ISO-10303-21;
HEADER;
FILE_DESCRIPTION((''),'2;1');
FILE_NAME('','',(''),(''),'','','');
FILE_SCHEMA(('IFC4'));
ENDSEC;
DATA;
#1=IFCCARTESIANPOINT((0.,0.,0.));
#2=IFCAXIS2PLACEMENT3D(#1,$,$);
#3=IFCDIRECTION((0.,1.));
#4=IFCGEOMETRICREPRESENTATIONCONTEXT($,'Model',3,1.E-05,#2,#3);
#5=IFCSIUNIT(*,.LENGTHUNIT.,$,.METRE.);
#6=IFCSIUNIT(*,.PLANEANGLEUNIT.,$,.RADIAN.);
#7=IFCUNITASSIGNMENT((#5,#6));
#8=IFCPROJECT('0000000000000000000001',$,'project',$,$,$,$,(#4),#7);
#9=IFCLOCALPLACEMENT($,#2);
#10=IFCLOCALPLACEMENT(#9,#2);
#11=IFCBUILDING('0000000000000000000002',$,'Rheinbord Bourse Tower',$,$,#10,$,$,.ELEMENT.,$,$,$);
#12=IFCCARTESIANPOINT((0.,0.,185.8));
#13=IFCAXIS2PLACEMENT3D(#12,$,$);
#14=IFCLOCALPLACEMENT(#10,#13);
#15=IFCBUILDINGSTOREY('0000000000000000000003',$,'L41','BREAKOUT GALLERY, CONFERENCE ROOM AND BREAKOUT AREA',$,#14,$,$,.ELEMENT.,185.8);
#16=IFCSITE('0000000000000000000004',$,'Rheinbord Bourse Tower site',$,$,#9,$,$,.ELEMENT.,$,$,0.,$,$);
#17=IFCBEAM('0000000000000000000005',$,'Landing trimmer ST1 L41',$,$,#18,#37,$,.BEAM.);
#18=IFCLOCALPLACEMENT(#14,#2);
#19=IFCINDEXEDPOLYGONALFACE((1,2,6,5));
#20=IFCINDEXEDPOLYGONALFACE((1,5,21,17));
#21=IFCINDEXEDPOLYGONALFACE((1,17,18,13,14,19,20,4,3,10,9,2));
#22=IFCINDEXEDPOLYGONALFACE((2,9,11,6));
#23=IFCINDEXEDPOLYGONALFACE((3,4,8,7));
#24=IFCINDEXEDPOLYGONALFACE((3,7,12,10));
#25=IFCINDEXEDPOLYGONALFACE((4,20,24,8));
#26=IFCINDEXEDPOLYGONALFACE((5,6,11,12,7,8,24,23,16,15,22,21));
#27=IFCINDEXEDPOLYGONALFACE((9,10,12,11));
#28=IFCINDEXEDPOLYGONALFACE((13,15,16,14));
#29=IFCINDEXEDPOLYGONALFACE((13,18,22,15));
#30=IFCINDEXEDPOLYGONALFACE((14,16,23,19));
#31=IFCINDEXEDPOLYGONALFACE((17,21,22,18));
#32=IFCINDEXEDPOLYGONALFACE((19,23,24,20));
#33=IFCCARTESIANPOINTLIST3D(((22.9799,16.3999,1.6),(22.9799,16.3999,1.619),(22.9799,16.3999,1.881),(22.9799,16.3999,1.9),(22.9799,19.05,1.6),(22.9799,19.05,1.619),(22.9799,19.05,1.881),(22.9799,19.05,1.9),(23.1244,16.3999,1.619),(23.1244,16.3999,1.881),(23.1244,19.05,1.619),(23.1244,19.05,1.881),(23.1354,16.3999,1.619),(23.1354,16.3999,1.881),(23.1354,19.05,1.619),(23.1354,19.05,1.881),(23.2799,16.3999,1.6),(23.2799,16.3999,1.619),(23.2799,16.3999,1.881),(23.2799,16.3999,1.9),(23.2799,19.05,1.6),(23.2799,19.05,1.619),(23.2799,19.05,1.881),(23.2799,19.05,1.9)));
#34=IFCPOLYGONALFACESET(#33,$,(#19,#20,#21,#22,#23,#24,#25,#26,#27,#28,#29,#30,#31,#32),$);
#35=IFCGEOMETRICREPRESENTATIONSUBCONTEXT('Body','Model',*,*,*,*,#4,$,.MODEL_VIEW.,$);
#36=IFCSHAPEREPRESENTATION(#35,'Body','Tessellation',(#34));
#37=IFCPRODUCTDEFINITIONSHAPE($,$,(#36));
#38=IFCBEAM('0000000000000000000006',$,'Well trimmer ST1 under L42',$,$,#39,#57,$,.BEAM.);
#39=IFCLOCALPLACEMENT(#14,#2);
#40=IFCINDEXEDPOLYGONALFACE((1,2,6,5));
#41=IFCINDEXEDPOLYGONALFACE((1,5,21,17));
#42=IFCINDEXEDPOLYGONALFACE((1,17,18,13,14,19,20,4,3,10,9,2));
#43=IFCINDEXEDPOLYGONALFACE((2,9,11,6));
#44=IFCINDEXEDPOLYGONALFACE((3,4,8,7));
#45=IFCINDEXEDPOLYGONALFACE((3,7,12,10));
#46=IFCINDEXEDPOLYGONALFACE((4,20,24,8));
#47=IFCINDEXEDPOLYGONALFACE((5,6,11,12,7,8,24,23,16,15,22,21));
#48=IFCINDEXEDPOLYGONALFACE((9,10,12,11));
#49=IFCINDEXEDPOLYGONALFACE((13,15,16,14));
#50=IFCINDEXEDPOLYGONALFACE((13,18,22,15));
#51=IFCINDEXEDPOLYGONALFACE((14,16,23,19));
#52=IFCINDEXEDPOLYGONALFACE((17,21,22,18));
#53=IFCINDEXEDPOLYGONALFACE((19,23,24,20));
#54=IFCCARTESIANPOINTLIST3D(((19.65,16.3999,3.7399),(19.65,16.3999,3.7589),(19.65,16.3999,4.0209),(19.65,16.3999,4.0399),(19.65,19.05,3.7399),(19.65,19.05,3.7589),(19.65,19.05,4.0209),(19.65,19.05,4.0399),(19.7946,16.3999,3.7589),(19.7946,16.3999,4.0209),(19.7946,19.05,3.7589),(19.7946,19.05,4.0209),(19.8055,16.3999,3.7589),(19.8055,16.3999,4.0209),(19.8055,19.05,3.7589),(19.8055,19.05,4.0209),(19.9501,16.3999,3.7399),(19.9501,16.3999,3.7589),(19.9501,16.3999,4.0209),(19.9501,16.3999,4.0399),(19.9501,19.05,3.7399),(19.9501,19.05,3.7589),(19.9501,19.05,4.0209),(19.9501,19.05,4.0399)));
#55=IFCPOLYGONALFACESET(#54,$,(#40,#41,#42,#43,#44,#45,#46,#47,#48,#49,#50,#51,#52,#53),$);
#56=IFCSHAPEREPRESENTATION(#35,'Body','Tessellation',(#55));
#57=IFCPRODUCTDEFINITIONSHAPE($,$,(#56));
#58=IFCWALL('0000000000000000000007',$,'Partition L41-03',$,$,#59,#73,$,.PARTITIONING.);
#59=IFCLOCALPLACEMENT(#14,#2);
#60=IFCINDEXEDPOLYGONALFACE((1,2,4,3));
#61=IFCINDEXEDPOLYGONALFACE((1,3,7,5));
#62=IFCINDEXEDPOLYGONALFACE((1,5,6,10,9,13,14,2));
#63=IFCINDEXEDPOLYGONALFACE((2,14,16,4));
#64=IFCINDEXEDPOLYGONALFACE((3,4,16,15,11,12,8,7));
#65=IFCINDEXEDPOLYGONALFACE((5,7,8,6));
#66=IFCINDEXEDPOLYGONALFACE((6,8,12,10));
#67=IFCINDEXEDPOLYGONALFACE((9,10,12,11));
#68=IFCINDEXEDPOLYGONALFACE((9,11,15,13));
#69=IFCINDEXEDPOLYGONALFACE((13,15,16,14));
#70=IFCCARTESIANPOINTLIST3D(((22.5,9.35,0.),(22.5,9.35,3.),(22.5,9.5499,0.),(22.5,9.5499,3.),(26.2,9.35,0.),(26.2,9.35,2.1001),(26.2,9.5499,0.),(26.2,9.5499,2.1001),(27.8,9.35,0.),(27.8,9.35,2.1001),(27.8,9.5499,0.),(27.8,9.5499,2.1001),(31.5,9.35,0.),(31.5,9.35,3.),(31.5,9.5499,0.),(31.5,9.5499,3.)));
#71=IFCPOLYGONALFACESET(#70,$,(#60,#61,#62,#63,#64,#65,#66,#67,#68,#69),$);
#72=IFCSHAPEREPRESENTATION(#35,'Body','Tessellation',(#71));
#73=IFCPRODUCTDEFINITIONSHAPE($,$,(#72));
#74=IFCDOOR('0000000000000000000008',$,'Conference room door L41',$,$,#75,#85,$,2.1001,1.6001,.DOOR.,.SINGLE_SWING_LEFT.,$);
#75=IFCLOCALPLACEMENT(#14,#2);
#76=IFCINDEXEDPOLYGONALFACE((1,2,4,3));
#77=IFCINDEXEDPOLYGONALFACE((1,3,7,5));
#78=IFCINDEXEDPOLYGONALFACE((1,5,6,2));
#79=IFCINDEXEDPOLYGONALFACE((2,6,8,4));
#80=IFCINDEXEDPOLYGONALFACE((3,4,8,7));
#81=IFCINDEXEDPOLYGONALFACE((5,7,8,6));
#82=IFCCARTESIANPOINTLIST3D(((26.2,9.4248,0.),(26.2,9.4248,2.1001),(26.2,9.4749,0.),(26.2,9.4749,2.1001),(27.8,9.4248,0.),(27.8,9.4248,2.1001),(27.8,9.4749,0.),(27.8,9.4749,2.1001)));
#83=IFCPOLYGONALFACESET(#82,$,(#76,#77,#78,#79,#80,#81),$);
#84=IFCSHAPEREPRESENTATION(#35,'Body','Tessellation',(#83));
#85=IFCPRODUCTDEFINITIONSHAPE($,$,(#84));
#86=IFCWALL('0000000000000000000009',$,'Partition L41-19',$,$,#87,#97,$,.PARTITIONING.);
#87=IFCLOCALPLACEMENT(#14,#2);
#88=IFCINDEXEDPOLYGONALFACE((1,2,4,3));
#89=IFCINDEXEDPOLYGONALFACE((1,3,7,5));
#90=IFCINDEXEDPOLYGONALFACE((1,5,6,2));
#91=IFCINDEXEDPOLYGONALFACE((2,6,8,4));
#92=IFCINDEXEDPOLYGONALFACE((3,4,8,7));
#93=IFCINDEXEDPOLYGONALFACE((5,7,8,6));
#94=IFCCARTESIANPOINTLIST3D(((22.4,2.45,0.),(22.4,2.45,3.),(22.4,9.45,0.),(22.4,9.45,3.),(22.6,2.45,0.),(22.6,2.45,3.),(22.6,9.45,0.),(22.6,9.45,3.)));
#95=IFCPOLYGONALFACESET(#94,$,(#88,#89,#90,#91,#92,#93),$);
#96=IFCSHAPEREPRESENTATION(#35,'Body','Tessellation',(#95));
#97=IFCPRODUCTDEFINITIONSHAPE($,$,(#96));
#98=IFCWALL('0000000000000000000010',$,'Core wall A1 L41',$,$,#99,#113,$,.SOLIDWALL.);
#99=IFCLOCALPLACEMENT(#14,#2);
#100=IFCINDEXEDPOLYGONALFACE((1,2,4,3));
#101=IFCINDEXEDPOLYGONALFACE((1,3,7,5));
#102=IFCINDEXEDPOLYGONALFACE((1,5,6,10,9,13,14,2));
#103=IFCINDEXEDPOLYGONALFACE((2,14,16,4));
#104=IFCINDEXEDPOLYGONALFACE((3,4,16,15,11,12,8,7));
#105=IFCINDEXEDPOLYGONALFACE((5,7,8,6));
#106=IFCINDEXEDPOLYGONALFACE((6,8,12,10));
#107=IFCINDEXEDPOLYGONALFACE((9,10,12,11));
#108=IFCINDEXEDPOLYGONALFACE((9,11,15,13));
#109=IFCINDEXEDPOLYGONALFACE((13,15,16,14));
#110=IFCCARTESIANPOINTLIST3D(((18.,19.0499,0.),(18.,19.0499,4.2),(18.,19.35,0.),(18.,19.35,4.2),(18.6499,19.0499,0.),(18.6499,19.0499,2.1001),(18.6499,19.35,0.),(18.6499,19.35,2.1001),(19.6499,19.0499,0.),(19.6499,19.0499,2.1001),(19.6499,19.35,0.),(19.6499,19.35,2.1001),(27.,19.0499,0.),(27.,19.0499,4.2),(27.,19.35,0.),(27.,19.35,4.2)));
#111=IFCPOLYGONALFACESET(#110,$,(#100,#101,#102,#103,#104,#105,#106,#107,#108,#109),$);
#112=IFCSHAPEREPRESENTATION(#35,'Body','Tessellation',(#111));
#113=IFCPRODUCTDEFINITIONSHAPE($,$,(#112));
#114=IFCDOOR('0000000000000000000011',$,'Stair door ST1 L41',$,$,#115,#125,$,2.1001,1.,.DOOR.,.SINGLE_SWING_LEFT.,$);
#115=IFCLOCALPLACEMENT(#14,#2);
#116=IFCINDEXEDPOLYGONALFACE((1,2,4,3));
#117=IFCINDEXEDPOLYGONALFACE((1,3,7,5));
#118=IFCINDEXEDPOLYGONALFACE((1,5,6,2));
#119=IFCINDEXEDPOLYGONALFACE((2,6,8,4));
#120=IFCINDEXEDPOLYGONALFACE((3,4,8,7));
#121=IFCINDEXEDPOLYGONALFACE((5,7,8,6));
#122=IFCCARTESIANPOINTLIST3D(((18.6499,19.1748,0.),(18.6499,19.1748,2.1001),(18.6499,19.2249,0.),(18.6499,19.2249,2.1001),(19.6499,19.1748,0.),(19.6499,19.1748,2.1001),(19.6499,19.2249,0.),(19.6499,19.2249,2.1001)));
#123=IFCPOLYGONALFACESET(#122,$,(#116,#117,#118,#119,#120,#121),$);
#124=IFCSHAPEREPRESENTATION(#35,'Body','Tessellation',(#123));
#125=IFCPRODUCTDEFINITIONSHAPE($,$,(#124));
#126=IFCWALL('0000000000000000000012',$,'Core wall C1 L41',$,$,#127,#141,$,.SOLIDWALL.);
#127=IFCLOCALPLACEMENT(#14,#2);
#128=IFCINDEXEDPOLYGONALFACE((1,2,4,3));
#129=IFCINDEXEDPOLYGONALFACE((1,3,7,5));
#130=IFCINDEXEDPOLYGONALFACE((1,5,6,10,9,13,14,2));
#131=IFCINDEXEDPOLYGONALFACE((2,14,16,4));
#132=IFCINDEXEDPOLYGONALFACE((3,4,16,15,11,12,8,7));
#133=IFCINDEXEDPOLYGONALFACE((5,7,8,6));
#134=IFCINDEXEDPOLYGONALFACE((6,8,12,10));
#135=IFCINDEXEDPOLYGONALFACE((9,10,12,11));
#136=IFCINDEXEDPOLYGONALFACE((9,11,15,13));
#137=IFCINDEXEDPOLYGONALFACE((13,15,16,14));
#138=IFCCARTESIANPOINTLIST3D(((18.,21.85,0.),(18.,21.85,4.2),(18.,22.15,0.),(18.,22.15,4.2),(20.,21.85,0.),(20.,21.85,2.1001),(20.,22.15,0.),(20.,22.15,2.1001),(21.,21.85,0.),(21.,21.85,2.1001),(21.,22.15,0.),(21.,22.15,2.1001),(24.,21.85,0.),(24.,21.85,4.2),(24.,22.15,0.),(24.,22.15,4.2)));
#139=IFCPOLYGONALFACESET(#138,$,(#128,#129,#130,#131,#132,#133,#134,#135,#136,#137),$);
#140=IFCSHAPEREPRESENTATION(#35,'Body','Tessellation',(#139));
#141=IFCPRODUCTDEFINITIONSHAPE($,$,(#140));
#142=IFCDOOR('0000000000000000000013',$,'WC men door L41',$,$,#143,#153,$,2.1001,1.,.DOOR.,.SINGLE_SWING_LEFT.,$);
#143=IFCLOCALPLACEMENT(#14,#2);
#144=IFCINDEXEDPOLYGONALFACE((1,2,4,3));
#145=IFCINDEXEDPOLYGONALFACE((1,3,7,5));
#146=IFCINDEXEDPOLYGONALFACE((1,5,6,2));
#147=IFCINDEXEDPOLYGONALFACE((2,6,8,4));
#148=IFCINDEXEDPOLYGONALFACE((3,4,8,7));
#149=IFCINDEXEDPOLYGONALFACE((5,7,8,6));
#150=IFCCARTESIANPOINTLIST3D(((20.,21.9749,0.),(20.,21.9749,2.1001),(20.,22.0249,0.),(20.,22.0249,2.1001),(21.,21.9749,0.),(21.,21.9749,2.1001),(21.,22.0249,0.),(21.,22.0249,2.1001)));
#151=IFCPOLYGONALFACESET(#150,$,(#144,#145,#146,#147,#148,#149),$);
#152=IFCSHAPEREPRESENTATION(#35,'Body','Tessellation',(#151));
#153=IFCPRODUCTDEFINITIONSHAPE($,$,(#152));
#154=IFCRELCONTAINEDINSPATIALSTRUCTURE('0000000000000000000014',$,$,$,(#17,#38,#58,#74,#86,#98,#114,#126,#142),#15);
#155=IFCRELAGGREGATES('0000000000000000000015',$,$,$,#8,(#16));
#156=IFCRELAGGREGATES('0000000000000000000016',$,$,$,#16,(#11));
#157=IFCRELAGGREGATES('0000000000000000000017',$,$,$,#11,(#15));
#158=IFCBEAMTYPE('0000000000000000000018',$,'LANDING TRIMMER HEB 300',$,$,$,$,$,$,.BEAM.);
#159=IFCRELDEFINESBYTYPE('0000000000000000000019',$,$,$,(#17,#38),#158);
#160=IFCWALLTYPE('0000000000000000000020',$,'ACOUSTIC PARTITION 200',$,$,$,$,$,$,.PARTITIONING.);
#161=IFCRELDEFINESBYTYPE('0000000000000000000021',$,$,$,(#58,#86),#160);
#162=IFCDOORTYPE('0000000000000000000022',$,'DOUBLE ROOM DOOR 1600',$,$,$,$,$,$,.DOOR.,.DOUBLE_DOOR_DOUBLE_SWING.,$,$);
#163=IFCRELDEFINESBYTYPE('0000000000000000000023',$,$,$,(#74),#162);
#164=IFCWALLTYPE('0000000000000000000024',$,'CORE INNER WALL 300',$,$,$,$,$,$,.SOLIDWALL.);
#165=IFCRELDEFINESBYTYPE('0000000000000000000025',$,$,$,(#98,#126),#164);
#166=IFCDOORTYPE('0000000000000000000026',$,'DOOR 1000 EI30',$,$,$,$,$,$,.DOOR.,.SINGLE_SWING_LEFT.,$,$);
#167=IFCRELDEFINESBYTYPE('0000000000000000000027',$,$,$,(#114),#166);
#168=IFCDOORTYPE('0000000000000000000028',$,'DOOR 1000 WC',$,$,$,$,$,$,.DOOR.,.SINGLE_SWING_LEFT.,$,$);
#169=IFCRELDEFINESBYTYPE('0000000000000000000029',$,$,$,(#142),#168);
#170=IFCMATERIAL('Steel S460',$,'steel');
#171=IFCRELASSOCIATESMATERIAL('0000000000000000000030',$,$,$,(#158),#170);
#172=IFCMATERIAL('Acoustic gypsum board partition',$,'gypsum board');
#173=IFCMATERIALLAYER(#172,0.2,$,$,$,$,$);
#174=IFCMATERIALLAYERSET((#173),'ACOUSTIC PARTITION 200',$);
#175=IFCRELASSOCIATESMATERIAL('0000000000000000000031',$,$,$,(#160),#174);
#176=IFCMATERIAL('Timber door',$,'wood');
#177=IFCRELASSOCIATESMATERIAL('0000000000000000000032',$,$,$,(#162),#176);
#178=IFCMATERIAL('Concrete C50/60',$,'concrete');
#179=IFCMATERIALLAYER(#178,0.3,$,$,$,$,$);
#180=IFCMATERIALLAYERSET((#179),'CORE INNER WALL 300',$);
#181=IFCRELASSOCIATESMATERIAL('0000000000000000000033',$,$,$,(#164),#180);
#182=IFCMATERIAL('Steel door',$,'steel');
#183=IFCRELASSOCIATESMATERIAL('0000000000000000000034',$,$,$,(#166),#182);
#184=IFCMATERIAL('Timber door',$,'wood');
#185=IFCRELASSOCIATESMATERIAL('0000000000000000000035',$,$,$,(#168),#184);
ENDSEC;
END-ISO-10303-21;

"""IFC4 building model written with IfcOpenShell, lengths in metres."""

from ifc_helpers import new_model, si_unit, direction, frame, frame_2d, origin, origin_2d, place, context, subcontext, project, spatial, rectangle, i_section, extrude, material, layer, layer_set, material_profile, profile_set, type_object, element, fill, save


model = new_model("IFC4")

# Units and contexts
model_context = context("Model", 3, precision=1e-05, world=origin(), true_north=direction((0.0, 1.0)))
body_context = subcontext(model_context, "Body", "Model", "MODEL_VIEW")
ifc_project = project(units=[si_unit("LENGTHUNIT", "METRE"), si_unit("PLANEANGLEUNIT", "RADIAN")], contexts=[model_context])

# Site, building, storey
site_placement = place(None, origin())
site = spatial("IfcSite", under=ifc_project, at=site_placement, Name="Rheinbord Bourse Tower site", CompositionType="ELEMENT", RefElevation=0.0)
building_placement = place(site_placement, origin())
building = spatial("IfcBuilding", under=site, at=building_placement, Name="Rheinbord Bourse Tower", CompositionType="ELEMENT")
storey_placement = place(building_placement, frame((0.0, 0.0, 185.8)))
storey = spatial("IfcBuildingStorey", under=building, at=storey_placement, Name="L41", Description="BREAKOUT GALLERY, CONFERENCE ROOM AND BREAKOUT AREA", CompositionType="ELEMENT", Elevation=185.8)

# Beams
ifc_material_1 = material(Name="Steel S460", Category="steel")
ifc_material_profile = material_profile(ifc_material_1, i_section(OverallWidth=0.3, OverallDepth=0.3, WebThickness=0.011, FlangeThickness=0.019, at=origin_2d()), Name="HEB 300")
ifc_profile_set = profile_set([ifc_material_profile], Name="Steel S460")
beam_type = type_object("IfcBeamType", Name="LANDING TRIMMER HEB 300", PredefinedType="BEAM", material=ifc_profile_set)
for number, where, z_axis, x_axis, name in (
    (1, (23.1299, 16.3999, 1.75), (0.0, 1.0, 0.0), (-1.0, 0.0, 0.0), "Landing trimmer ST1 L41"),
    (2, (19.8, 16.3999, 3.8899), (0.0, 1.0, 0.0), (-1.0, 0.0, 0.0), "Well trimmer ST1 under L42"),
):
    element("IfcBeam", number, at=place(storey_placement, frame(where, z_axis=z_axis, x_axis=x_axis)), inside=storey, type_object=beam_type, Name=name, PredefinedType="BEAM", context=body_context, shape_type="SweptSolid", body=[
        extrude(i_section(OverallWidth=0.3, OverallDepth=0.3, WebThickness=0.011, FlangeThickness=0.019, at=origin_2d()), origin(), (0.0, 0.0, 1.0), 2.6501),
    ])

# Wall, opening, door
ifc_material_2 = material(Name="Acoustic gypsum board partition", Category="gypsum board")
ifc_layer_1 = layer(ifc_material_2, 0.2)
ifc_layer_set_1 = layer_set([ifc_layer_1], Name="ACOUSTIC PARTITION 200")
wall_type_1 = type_object("IfcWallType", Name="ACOUSTIC PARTITION 200", PredefinedType="PARTITIONING", material=ifc_layer_set_1)
wall_1_placement = place(storey_placement, frame((22.5, 9.45, 0.0), z_axis=(0.0, 0.0, 1.0), x_axis=(1.0, 0.0, 0.0)))
wall_1 = element("IfcWall", 3, at=wall_1_placement, inside=storey, type_object=wall_type_1, Name="Partition L41-03", PredefinedType="PARTITIONING", context=body_context, shape_type="SweptSolid", body=[
    extrude(rectangle(XDim=9.0, YDim=0.2, at=frame_2d((4.5, 0.0))), origin(), (0.0, 0.0, 1.0), 3.0),
])
opening_1_placement = place(wall_1_placement, frame((3.7, 0.0, 0.0)))
opening_1 = element("IfcOpeningElement", 4, at=opening_1_placement, cuts=wall_1, PredefinedType="OPENING", context=body_context, shape_type="SweptSolid", body=[
    extrude(rectangle(XDim=1.6001, YDim=2.1001, at=frame_2d((0.8, 1.05))), frame((0.0, 0.1099, 0.0), z_axis=(0.0, -1.0, 0.0), x_axis=(1.0, 0.0, 0.0)), (0.0, 0.0, 1.0), 0.22),
])
ifc_material_3 = material(Name="Timber door", Category="wood")
door_type_1 = type_object("IfcDoorType", Name="DOUBLE ROOM DOOR 1600", OperationType="DOUBLE_DOOR_DOUBLE_SWING", PredefinedType="DOOR", material=ifc_material_3)
door_1_placement = place(opening_1_placement, origin())
door_1 = element("IfcDoor", 5, at=door_1_placement, inside=storey, type_object=door_type_1, Name="Conference room door L41", OperationType="SINGLE_SWING_LEFT", OverallHeight=2.1001, OverallWidth=1.6001, PredefinedType="DOOR", context=body_context, shape_type="SweptSolid", body=[
    extrude(rectangle(XDim=1.6001, YDim=2.1001, at=frame_2d((0.8, 1.05))), frame((0.0, 0.0249, 0.0), z_axis=(0.0, -1.0, 0.0), x_axis=(1.0, 0.0, 0.0)), (0.0, 0.0, 1.0), 0.05),
])
fill(opening_1, door_1)

# Wall
wall_2_placement = place(storey_placement, frame((22.5, 2.45, 0.0), z_axis=(0.0, 0.0, 1.0), x_axis=(0.0, 1.0, 0.0)))
element("IfcWall", 6, at=wall_2_placement, inside=storey, type_object=wall_type_1, Name="Partition L41-19", PredefinedType="PARTITIONING", context=body_context, shape_type="SweptSolid", body=[
    extrude(rectangle(XDim=7.0, YDim=0.2, at=frame_2d((3.5, 0.0))), origin(), (0.0, 0.0, 1.0), 3.0),
])

# Walls, openings, doors
ifc_material_4 = material(Name="Concrete C50/60", Category="concrete")
ifc_layer_2 = layer(ifc_material_4, 0.3)
ifc_layer_set_2 = layer_set([ifc_layer_2], Name="CORE INNER WALL 300")
wall_type_2 = type_object("IfcWallType", Name="CORE INNER WALL 300", PredefinedType="SOLIDWALL", material=ifc_layer_set_2)
wall_3_placement = place(storey_placement, frame((18.0, 19.2, 0.0), z_axis=(0.0, 0.0, 1.0), x_axis=(1.0, 0.0, 0.0)))
wall_3 = element("IfcWall", 7, at=wall_3_placement, inside=storey, type_object=wall_type_2, Name="Core wall A1 L41", PredefinedType="SOLIDWALL", context=body_context, shape_type="SweptSolid", body=[
    extrude(rectangle(XDim=9.0, YDim=0.3, at=frame_2d((4.5, 0.0))), origin(), (0.0, 0.0, 1.0), 4.2),
])
opening_2_placement = place(wall_3_placement, frame((0.6499, 0.0, 0.0)))
opening_2 = element("IfcOpeningElement", 8, at=opening_2_placement, cuts=wall_3, PredefinedType="OPENING", context=body_context, shape_type="SweptSolid", body=[
    extrude(rectangle(XDim=1.0, YDim=2.1001, at=frame_2d((0.5, 1.05))), frame((0.0, 0.1599, 0.0), z_axis=(0.0, -1.0, 0.0), x_axis=(1.0, 0.0, 0.0)), (0.0, 0.0, 1.0), 0.3201),
])
ifc_material_5 = material(Name="Steel door", Category="steel")
door_type_2 = type_object("IfcDoorType", Name="DOOR 1000 EI30", OperationType="SINGLE_SWING_LEFT", PredefinedType="DOOR", material=ifc_material_5)
door_2_placement = place(opening_2_placement, origin())
door_2 = element("IfcDoor", 9, at=door_2_placement, inside=storey, type_object=door_type_2, Name="Stair door ST1 L41", OperationType="SINGLE_SWING_LEFT", OverallHeight=2.1001, OverallWidth=1.0, PredefinedType="DOOR", context=body_context, shape_type="SweptSolid", body=[
    extrude(rectangle(XDim=1.0, YDim=2.1001, at=frame_2d((0.5, 1.05))), frame((0.0, 0.0249, 0.0), z_axis=(0.0, -1.0, 0.0), x_axis=(1.0, 0.0, 0.0)), (0.0, 0.0, 1.0), 0.05),
])
fill(opening_2, door_2)
wall_4_placement = place(storey_placement, frame((18.0, 22.0, 0.0), z_axis=(0.0, 0.0, 1.0), x_axis=(1.0, 0.0, 0.0)))
wall_4 = element("IfcWall", 10, at=wall_4_placement, inside=storey, type_object=wall_type_2, Name="Core wall C1 L41", PredefinedType="SOLIDWALL", context=body_context, shape_type="SweptSolid", body=[
    extrude(rectangle(XDim=6.0, YDim=0.3, at=frame_2d((3.0, 0.0))), origin(), (0.0, 0.0, 1.0), 4.2),
])
opening_3_placement = place(wall_4_placement, frame((2.0, 0.0, 0.0)))
opening_3 = element("IfcOpeningElement", 11, at=opening_3_placement, cuts=wall_4, PredefinedType="OPENING", context=body_context, shape_type="SweptSolid", body=[
    extrude(rectangle(XDim=1.0, YDim=2.1001, at=frame_2d((0.5, 1.05))), frame((0.0, 0.1599, 0.0), z_axis=(0.0, -1.0, 0.0), x_axis=(1.0, 0.0, 0.0)), (0.0, 0.0, 1.0), 0.3201),
])
ifc_material_6 = material(Name="Timber door", Category="wood")
door_type_3 = type_object("IfcDoorType", Name="DOOR 1000 WC", OperationType="SINGLE_SWING_LEFT", PredefinedType="DOOR", material=ifc_material_6)
door_3_placement = place(opening_3_placement, origin())
door_3 = element("IfcDoor", 12, at=door_3_placement, inside=storey, type_object=door_type_3, Name="WC men door L41", OperationType="SINGLE_SWING_LEFT", OverallHeight=2.1001, OverallWidth=1.0, PredefinedType="DOOR", context=body_context, shape_type="SweptSolid", body=[
    extrude(rectangle(XDim=1.0, YDim=2.1001, at=frame_2d((0.5, 1.05))), frame((0.0, 0.0249, 0.0), z_axis=(0.0, -1.0, 0.0), x_axis=(1.0, 0.0, 0.0)), (0.0, 0.0, 1.0), 0.05),
])
fill(opening_3, door_3)

save(model, "model.ifc")
